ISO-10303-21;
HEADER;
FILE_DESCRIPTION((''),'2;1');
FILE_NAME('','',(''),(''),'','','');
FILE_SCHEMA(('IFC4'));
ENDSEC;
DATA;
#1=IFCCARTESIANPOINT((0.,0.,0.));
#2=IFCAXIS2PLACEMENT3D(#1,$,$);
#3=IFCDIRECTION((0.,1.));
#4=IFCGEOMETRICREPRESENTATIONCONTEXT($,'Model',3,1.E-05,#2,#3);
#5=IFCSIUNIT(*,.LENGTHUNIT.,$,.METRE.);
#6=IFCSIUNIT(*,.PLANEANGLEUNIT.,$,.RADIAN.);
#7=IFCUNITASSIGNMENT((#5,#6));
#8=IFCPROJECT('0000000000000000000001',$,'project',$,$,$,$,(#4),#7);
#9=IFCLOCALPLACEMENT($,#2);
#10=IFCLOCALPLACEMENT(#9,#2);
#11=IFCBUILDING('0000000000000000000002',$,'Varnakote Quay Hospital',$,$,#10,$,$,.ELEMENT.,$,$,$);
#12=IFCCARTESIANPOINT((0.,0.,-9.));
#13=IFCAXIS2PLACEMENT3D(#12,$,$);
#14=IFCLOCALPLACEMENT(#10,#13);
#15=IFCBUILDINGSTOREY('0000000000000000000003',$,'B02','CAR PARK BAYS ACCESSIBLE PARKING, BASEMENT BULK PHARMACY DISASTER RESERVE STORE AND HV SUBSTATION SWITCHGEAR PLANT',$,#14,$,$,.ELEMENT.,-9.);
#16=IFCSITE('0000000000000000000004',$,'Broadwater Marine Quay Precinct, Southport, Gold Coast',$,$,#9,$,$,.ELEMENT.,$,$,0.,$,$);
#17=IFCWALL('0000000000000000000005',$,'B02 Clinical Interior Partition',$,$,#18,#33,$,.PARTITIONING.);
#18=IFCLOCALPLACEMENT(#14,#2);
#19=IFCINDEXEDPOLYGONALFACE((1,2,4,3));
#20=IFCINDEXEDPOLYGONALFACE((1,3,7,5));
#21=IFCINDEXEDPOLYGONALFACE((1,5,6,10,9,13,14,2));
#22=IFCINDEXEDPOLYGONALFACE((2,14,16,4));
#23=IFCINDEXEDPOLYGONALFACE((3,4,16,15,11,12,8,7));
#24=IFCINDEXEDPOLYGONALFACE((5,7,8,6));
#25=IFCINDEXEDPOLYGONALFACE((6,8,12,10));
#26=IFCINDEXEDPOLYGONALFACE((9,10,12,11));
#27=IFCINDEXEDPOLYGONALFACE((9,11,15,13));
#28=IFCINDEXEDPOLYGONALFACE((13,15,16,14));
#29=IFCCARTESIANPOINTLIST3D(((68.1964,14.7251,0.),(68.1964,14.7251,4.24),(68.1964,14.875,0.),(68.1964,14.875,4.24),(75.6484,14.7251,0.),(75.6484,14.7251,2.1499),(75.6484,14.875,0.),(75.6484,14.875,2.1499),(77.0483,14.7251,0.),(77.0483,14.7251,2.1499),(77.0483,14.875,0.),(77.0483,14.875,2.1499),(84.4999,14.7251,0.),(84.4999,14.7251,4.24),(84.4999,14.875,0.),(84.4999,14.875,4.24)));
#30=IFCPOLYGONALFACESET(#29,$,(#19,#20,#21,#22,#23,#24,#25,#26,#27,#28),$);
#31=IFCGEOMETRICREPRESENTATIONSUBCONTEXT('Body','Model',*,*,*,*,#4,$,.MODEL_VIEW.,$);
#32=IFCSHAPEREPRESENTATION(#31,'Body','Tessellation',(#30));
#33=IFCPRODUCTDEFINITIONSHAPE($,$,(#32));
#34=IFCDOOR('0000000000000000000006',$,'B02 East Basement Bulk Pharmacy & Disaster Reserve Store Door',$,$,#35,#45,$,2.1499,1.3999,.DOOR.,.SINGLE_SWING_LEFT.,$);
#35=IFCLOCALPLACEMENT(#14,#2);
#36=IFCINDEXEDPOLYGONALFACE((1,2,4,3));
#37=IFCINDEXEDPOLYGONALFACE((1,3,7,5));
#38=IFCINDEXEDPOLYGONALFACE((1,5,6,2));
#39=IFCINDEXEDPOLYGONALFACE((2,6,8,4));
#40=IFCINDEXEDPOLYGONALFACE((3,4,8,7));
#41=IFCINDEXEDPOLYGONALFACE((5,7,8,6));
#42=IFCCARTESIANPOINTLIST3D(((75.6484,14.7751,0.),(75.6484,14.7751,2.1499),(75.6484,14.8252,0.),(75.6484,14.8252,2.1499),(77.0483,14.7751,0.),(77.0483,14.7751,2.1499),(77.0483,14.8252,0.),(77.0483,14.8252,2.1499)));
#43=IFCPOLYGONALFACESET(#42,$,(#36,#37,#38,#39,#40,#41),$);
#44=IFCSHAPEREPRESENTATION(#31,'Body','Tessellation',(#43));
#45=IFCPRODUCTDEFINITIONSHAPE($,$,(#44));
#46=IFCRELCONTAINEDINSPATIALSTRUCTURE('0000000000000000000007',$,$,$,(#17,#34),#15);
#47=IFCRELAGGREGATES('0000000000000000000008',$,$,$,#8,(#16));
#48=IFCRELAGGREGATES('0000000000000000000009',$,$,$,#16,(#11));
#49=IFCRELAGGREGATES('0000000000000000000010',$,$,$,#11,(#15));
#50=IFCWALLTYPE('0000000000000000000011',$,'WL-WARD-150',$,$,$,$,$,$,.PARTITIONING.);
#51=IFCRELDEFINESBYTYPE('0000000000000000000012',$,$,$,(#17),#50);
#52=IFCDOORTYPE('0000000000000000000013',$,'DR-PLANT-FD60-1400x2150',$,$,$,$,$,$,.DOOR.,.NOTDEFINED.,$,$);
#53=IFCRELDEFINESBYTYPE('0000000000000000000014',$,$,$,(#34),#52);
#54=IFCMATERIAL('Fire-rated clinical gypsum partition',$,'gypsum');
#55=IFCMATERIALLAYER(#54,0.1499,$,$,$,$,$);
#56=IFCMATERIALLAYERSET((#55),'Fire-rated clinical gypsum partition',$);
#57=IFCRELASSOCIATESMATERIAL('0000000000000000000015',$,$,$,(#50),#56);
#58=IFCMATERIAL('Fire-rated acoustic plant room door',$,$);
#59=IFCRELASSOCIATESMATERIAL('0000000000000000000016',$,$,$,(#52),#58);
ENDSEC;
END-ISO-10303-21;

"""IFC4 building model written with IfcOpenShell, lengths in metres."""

from ifc_helpers import new_model, si_unit, direction, frame, frame_2d, origin, place, context, subcontext, project, spatial, rectangle, extrude, material, layer, layer_set, type_object, element, fill, save


model = new_model("IFC4")

# Units and contexts
model_context = context("Model", 3, precision=1e-05, world=origin(), true_north=direction((0.0, 1.0)))
body_context = subcontext(model_context, "Body", "Model", "MODEL_VIEW")
ifc_project = project(units=[si_unit("LENGTHUNIT", "METRE"), si_unit("PLANEANGLEUNIT", "RADIAN")], contexts=[model_context])

# Site, building, storey
site_placement = place(None, origin())
site = spatial("IfcSite", under=ifc_project, at=site_placement, Name="Broadwater Marine Quay Precinct, Southport, Gold Coast", CompositionType="ELEMENT", RefElevation=0.0)
building_placement = place(site_placement, origin())
building = spatial("IfcBuilding", under=site, at=building_placement, Name="Varnakote Quay Hospital", CompositionType="ELEMENT")
storey_placement = place(building_placement, frame((0.0, 0.0, -9.0)))
storey = spatial("IfcBuildingStorey", under=building, at=storey_placement, Name="B02", Description="CAR PARK BAYS ACCESSIBLE PARKING, BASEMENT BULK PHARMACY DISASTER RESERVE STORE AND HV SUBSTATION SWITCHGEAR PLANT", CompositionType="ELEMENT", Elevation=-9.0)

# Wall, opening, door
ifc_material_1 = material(Name="Fire-rated clinical gypsum partition", Category="gypsum")
ifc_layer_1 = layer(ifc_material_1, 0.1499)
ifc_layer_set_1 = layer_set([ifc_layer_1], Name="Fire-rated clinical gypsum partition")
wall_type_1 = type_object("IfcWallType", Name="WL-WARD-150", PredefinedType="PARTITIONING", material=ifc_layer_set_1)
wall_1_placement = place(storey_placement, frame((84.5, 14.8, 0.0), z_axis=(0.0, 0.0, 1.0), x_axis=(-1.0, 0.0, 0.0)))
wall_1 = element("IfcWall", 1, at=wall_1_placement, inside=storey, type_object=wall_type_1, Name="B02 Clinical Interior Partition", PredefinedType="PARTITIONING", context=body_context, shape_type="SweptSolid", body=[
    extrude(rectangle(XDim=16.3035, YDim=0.1499, at=frame_2d((8.1519, 0.0))), origin(), (0.0, 0.0, 1.0), 4.24),
])
opening_placement = place(wall_1_placement, frame((7.4517, 0.0, 0.0)))
opening = element("IfcOpeningElement", 2, at=opening_placement, cuts=wall_1, PredefinedType="OPENING", context=body_context, shape_type="SweptSolid", body=[
    extrude(rectangle(XDim=1.3999, YDim=2.1499, at=frame_2d((0.7, 1.075))), frame((0.0, 0.085, 0.0), z_axis=(0.0, -1.0, 0.0), x_axis=(1.0, 0.0, 0.0)), (0.0, 0.0, 1.0), 0.1699),
])
ifc_material_2 = material(Name="Fire-rated acoustic plant room door")
door_type = type_object("IfcDoorType", Name="DR-PLANT-FD60-1400x2150", OperationType="NOTDEFINED", PredefinedType="DOOR", material=ifc_material_2)
door_placement = place(opening_placement, origin())
door = element("IfcDoor", 3, at=door_placement, inside=storey, type_object=door_type, Name="B02 East Basement Bulk Pharmacy & Disaster Reserve Store Door", OperationType="SINGLE_SWING_LEFT", OverallHeight=2.1499, OverallWidth=1.3999, PredefinedType="DOOR", context=body_context, shape_type="SweptSolid", body=[
    extrude(rectangle(XDim=1.3999, YDim=2.1499, at=frame_2d((0.7, 1.075))), frame((0.0, 0.0249, 0.0), z_axis=(0.0, -1.0, 0.0), x_axis=(1.0, 0.0, 0.0)), (0.0, 0.0, 1.0), 0.05),
])
fill(opening, door)

save(model, "model.ifc")
